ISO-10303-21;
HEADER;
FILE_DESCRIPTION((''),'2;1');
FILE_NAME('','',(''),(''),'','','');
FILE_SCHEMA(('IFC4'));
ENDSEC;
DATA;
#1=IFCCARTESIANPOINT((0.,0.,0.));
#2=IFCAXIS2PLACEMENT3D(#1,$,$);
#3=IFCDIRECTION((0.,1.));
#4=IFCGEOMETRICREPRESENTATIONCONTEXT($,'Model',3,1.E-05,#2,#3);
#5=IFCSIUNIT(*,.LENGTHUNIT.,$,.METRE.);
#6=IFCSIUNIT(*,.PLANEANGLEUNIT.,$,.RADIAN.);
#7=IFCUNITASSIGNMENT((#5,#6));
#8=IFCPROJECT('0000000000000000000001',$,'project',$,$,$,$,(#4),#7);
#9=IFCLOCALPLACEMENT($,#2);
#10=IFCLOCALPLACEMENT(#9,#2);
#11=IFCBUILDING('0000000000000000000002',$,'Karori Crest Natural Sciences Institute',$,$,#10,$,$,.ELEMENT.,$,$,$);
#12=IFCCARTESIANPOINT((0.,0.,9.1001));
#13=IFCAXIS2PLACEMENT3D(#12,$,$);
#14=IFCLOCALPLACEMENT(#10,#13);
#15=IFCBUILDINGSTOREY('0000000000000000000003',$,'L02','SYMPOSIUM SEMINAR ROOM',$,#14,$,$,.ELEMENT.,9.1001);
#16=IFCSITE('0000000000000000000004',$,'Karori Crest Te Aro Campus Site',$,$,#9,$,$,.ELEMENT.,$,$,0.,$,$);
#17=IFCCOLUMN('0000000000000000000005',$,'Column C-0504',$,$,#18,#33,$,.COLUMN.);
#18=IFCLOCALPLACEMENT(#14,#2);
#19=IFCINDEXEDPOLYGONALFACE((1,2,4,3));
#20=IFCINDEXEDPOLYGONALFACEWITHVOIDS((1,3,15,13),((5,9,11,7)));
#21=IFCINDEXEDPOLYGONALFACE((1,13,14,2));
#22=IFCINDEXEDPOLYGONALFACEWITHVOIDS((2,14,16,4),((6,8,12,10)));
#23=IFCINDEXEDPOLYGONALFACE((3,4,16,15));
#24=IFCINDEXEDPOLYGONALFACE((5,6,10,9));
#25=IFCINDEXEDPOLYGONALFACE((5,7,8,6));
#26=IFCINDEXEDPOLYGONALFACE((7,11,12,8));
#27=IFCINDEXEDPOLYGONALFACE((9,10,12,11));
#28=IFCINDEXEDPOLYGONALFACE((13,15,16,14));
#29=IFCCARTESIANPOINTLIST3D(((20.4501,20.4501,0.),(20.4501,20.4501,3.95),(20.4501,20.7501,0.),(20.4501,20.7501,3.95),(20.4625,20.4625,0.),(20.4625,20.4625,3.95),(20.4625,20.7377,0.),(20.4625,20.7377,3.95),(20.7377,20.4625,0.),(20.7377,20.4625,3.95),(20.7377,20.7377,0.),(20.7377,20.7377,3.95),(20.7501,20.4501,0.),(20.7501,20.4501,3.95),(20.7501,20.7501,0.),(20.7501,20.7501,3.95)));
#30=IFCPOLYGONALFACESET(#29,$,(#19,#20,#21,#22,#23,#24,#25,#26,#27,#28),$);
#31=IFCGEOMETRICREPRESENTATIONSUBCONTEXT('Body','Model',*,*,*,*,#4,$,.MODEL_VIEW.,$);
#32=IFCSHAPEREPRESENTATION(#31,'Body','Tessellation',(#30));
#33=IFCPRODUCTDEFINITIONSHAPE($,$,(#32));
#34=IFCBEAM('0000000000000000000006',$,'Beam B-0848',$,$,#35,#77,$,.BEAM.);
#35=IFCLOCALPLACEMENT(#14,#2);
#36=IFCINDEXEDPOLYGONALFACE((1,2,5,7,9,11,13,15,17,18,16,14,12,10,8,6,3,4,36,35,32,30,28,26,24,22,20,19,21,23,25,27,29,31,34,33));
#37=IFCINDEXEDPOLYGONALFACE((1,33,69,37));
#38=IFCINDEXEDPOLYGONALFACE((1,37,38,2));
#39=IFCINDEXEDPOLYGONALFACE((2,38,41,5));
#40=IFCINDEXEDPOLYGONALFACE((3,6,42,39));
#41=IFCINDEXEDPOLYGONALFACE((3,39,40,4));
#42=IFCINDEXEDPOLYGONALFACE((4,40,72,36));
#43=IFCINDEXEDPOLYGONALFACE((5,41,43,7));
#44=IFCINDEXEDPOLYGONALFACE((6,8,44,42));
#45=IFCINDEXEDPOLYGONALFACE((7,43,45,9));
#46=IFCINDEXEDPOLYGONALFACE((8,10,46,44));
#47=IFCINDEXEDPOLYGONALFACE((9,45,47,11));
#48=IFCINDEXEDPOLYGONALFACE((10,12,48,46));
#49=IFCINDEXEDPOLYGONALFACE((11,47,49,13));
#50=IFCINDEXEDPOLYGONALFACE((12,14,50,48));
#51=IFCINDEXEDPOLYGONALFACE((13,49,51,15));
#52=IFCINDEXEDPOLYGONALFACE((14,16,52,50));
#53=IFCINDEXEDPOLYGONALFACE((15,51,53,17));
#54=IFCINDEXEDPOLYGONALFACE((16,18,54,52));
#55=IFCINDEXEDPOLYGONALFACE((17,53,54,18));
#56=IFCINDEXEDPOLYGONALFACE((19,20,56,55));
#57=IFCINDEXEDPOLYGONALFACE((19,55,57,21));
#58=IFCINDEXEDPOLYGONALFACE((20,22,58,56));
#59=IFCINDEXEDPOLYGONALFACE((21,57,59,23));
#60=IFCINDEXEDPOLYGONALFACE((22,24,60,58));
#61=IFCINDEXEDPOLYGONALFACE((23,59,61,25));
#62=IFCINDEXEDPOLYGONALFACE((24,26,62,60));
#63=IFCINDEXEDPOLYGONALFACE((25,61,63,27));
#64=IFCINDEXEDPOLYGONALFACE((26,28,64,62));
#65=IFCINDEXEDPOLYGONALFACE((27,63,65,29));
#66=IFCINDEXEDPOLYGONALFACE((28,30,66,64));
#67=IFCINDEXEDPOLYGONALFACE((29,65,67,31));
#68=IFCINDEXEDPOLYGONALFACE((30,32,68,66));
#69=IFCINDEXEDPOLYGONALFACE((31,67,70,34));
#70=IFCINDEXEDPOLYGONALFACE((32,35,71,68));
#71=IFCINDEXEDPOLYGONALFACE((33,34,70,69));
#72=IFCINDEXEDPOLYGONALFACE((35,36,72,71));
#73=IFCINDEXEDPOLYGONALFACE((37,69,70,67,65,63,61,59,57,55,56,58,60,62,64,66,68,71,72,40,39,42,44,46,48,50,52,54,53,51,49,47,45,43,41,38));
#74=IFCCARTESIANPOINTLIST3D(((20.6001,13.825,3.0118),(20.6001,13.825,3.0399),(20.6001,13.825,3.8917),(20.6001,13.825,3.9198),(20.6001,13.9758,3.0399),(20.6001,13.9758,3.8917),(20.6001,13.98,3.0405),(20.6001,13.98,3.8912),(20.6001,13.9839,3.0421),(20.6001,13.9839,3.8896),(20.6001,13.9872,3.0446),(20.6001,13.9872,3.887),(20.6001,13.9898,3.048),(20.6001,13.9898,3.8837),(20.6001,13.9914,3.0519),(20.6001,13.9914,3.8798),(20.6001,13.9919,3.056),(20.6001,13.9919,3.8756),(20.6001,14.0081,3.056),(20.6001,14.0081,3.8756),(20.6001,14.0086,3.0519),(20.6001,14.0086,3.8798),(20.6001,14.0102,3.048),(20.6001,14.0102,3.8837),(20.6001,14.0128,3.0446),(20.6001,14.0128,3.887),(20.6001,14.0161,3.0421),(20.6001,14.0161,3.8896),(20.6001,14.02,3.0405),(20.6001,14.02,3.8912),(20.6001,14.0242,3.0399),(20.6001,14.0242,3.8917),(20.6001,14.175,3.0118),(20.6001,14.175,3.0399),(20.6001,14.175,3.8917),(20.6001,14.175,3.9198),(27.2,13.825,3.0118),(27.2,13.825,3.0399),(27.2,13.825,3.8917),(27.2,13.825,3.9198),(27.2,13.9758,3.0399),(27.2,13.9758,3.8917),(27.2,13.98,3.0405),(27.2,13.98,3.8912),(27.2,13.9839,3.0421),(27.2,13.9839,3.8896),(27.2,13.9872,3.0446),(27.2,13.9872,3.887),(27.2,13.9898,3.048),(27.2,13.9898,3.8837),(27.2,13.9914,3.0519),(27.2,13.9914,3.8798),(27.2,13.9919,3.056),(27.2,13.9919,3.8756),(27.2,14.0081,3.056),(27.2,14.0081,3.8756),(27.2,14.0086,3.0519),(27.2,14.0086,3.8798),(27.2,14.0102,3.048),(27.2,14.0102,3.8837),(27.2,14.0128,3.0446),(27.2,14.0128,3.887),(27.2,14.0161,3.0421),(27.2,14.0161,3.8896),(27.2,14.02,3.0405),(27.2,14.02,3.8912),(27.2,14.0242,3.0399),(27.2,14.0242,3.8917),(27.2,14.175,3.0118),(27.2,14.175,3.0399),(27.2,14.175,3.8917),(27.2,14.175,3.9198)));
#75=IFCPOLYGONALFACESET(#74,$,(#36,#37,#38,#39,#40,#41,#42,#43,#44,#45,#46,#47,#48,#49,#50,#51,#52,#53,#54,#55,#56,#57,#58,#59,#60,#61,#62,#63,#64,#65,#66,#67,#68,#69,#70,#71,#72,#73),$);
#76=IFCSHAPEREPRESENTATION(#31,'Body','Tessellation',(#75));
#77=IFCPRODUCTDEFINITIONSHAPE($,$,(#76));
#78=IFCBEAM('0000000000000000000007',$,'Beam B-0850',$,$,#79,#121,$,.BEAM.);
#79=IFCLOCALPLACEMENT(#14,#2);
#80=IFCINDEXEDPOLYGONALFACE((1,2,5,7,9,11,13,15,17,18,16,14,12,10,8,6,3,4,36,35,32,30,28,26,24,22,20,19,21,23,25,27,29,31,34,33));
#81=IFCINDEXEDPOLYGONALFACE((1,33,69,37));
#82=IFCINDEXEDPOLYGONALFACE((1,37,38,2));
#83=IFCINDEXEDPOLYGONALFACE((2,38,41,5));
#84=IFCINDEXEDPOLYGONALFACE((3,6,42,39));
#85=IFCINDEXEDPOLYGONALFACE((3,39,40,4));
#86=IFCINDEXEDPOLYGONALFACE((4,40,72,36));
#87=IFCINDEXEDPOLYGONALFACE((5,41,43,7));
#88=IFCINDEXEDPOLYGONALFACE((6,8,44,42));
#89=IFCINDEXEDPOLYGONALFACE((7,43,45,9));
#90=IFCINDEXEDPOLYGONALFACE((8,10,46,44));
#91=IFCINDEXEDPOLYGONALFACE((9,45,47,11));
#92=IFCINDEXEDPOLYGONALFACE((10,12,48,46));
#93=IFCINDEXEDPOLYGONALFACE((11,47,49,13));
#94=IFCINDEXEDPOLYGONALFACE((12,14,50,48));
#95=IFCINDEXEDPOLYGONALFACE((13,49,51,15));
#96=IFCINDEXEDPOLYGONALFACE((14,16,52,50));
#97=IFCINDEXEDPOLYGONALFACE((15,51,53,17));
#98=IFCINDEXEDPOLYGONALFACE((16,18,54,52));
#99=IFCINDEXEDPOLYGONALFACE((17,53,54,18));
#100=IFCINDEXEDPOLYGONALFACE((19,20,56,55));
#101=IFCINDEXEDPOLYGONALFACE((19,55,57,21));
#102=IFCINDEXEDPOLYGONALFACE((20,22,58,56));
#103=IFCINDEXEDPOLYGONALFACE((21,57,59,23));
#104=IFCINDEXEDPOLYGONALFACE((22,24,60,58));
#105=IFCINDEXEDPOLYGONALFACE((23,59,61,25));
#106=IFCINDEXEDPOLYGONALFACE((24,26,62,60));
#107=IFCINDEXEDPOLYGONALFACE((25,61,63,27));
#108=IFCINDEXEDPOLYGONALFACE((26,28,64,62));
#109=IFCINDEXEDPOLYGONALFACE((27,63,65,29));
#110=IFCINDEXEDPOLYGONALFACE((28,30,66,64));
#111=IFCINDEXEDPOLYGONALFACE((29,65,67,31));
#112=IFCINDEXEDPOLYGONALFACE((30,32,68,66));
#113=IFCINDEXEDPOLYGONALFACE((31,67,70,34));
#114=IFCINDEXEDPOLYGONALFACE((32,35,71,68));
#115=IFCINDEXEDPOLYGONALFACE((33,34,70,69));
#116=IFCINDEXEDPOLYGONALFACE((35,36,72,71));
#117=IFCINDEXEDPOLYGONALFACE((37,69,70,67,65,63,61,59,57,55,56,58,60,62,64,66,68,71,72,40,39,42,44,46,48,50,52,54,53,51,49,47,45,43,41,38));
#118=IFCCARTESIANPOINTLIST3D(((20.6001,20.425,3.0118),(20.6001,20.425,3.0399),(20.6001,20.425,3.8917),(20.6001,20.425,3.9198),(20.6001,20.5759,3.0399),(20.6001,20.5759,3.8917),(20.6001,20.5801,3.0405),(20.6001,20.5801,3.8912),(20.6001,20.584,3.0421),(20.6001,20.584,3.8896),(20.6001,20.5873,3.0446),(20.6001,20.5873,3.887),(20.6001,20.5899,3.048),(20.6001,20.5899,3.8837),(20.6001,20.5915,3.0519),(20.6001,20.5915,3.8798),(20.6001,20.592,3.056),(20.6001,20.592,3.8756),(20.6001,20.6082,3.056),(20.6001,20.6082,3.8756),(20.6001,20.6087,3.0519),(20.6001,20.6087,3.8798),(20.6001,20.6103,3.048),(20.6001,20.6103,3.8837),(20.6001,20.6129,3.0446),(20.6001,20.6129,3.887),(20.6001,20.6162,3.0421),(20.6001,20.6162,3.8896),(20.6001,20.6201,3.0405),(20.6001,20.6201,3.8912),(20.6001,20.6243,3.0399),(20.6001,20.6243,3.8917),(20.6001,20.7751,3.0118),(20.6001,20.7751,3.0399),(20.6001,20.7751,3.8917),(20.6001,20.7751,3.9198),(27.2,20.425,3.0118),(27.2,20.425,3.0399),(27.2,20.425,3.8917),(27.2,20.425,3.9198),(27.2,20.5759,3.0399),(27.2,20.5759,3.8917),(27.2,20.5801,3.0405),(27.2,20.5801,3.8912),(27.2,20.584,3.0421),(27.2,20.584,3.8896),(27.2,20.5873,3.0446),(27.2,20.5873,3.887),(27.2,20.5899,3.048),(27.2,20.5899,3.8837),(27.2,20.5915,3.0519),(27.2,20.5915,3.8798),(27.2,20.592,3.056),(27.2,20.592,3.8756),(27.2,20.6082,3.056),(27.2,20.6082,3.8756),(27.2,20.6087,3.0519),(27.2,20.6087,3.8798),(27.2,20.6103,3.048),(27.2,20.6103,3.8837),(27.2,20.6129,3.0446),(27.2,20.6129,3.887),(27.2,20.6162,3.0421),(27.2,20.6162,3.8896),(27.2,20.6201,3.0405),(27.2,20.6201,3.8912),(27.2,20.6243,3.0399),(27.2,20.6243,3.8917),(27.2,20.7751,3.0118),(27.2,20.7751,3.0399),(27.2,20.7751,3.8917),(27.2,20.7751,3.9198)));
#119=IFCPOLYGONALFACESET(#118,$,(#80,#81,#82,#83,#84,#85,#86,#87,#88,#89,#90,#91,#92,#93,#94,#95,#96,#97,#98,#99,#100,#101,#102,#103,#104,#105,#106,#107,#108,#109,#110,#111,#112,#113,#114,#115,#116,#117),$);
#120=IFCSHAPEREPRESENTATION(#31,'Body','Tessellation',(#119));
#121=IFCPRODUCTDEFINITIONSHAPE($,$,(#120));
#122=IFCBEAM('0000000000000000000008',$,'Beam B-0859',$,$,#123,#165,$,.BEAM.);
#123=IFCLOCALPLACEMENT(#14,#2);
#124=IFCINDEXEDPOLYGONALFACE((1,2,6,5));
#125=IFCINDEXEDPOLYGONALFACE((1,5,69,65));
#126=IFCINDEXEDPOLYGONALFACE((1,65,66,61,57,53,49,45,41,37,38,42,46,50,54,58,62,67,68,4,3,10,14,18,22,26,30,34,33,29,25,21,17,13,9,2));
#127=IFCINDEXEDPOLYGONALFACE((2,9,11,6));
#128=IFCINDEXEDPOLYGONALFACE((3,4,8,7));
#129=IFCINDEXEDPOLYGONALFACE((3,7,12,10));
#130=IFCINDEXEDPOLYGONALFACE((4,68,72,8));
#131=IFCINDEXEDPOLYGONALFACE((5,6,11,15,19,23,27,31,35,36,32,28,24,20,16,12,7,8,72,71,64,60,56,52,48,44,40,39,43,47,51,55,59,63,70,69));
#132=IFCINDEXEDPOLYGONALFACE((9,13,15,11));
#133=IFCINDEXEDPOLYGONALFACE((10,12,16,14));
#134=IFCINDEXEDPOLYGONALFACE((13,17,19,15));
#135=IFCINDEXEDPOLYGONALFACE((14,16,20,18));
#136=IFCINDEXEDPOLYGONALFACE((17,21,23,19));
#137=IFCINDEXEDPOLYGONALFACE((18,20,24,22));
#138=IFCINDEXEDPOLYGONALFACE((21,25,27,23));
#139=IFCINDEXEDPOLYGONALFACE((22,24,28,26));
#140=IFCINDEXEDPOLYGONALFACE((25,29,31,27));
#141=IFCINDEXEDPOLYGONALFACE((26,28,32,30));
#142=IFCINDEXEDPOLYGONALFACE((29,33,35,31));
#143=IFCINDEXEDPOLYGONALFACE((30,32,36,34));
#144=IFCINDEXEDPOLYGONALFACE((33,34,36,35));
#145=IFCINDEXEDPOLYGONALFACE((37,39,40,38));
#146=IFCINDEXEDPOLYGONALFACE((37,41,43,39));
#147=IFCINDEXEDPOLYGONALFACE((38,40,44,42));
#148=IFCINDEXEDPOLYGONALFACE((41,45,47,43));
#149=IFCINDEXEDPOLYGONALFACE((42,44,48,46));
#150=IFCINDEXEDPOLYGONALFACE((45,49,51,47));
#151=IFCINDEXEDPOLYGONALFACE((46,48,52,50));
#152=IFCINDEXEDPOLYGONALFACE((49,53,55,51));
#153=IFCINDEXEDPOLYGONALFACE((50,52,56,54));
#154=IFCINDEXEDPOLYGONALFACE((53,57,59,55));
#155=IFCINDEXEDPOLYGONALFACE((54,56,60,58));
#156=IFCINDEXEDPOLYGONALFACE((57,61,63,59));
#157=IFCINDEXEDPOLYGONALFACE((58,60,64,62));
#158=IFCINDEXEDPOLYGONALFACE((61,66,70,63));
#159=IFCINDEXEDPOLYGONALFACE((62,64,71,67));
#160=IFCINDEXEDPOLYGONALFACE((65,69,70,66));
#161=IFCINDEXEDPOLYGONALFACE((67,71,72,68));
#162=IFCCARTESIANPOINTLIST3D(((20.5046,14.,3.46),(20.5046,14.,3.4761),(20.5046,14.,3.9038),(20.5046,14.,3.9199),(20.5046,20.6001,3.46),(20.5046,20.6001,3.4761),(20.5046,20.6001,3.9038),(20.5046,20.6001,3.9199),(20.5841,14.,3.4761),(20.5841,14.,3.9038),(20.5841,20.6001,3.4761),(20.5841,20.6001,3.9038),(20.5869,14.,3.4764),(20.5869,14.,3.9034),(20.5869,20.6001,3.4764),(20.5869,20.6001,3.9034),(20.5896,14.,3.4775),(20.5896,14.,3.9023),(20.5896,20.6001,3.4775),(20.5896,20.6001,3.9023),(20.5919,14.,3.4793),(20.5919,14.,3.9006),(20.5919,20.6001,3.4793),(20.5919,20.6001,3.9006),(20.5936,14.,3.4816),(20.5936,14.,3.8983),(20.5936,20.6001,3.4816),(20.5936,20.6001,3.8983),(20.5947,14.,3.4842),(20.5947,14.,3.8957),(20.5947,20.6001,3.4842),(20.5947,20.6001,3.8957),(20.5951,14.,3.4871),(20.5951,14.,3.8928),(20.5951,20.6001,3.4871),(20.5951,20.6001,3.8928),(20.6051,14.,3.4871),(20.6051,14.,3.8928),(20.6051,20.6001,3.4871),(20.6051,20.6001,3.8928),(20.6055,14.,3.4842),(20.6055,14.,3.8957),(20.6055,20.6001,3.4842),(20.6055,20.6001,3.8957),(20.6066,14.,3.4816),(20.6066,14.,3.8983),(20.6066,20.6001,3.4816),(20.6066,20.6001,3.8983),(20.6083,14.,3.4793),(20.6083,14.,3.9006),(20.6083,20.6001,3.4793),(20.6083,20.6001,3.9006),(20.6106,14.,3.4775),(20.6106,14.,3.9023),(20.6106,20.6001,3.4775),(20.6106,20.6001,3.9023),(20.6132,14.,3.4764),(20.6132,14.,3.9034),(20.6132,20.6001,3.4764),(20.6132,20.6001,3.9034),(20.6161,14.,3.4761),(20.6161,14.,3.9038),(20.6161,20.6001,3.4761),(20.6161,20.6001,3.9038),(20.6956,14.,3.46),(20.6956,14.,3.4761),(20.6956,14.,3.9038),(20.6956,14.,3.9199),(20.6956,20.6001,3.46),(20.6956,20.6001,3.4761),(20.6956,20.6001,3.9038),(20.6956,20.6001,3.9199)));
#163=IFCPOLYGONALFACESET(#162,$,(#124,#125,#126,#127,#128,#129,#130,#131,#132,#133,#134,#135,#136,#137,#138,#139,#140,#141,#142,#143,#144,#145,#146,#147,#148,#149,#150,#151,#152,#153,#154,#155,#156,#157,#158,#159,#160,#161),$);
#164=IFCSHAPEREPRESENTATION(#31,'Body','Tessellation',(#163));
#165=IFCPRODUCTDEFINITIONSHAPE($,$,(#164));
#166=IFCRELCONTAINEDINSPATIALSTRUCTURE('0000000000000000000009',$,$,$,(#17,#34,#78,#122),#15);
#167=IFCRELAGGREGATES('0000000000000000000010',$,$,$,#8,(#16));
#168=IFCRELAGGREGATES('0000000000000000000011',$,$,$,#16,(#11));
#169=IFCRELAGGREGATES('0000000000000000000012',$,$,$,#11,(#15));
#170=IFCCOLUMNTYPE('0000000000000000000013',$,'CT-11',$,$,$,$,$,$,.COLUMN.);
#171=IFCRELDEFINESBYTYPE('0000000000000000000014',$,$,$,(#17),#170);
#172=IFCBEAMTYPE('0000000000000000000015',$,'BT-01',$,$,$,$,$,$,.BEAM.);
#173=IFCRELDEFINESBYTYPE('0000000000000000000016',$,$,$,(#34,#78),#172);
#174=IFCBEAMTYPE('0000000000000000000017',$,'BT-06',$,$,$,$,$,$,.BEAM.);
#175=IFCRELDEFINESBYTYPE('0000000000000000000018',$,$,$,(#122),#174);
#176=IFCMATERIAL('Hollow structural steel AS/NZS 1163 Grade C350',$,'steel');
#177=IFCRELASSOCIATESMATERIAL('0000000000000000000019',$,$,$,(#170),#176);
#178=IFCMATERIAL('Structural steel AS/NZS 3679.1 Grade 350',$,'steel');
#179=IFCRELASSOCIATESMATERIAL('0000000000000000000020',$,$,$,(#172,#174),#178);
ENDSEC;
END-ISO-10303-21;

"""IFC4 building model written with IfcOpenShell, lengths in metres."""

from ifc_helpers import new_model, si_unit, direction, frame, origin, origin_2d, place, context, subcontext, project, spatial, hollow_rectangle, i_section, extrude, material, material_profile, profile_set, type_object, element, save


model = new_model("IFC4")

# Units and contexts
model_context = context("Model", 3, precision=1e-05, world=origin(), true_north=direction((0.0, 1.0)))
body_context = subcontext(model_context, "Body", "Model", "MODEL_VIEW")
ifc_project = project(units=[si_unit("LENGTHUNIT", "METRE"), si_unit("PLANEANGLEUNIT", "RADIAN")], contexts=[model_context])

# Site, building, storey
site_placement = place(None, origin())
site = spatial("IfcSite", under=ifc_project, at=site_placement, Name="Karori Crest Te Aro Campus Site", CompositionType="ELEMENT", RefElevation=0.0)
building_placement = place(site_placement, origin())
building = spatial("IfcBuilding", under=site, at=building_placement, Name="Karori Crest Natural Sciences Institute", CompositionType="ELEMENT")
storey_placement = place(building_placement, frame((0.0, 0.0, 9.1001)))
storey = spatial("IfcBuildingStorey", under=building, at=storey_placement, Name="L02", Description="SYMPOSIUM SEMINAR ROOM", CompositionType="ELEMENT", Elevation=9.1001)

# Column
ifc_material_1 = material(Name="Hollow structural steel AS/NZS 1163 Grade C350", Category="steel")
ifc_material_profile_1 = material_profile(ifc_material_1, hollow_rectangle(XDim=0.3, YDim=0.3, WallThickness=0.0125, at=origin_2d()), Name="SHS300x300x12.5")
ifc_profile_set_1 = profile_set([ifc_material_profile_1], Name="Hollow structural steel AS/NZS 1163 Grade C350")
column_type = type_object("IfcColumnType", Name="CT-11", PredefinedType="COLUMN", material=ifc_profile_set_1)
column_placement = place(storey_placement, frame((20.6001, 20.6001, 0.0), z_axis=(0.0, 0.0, 1.0), x_axis=(1.0, 0.0, 0.0)))
element("IfcColumn", 1, at=column_placement, inside=storey, type_object=column_type, Name="Column C-0504", PredefinedType="COLUMN", context=body_context, shape_type="SweptSolid", body=[
    extrude(hollow_rectangle(XDim=0.3, YDim=0.3, WallThickness=0.0125, at=origin_2d()), origin(), (0.0, 0.0, 1.0), 3.95),
])

# Beams
ifc_material_2 = material(Name="Structural steel AS/NZS 3679.1 Grade 350", Category="steel")
ifc_material_profile_2 = material_profile(ifc_material_2, i_section(OverallWidth=0.3501, OverallDepth=0.908, WebThickness=0.0161, FlangeThickness=0.0281, FilletRadius=0.0161, at=origin_2d()), Name="900WB257")
ifc_profile_set_2 = profile_set([ifc_material_profile_2], Name="Structural steel AS/NZS 3679.1 Grade 350")
beam_type_1 = type_object("IfcBeamType", Name="BT-01", PredefinedType="BEAM", material=ifc_profile_set_2)
for number, where, z_axis, x_axis, name in (
    (2, (20.6001, 14.0, 3.4658), (1.0, 0.0, 0.0), (0.0, 1.0, 0.0), "Beam B-0848"),
    (3, (20.6001, 20.6001, 3.4658), (1.0, 0.0, 0.0), (0.0, 1.0, 0.0), "Beam B-0850"),
):
    element("IfcBeam", number, at=place(storey_placement, frame(where, z_axis=z_axis, x_axis=x_axis)), inside=storey, type_object=beam_type_1, Name=name, PredefinedType="BEAM", context=body_context, shape_type="SweptSolid", body=[
        extrude(i_section(OverallWidth=0.3501, OverallDepth=0.908, WebThickness=0.0161, FlangeThickness=0.0281, FilletRadius=0.0161, at=origin_2d()), origin(), (0.0, 0.0, 1.0), 6.5999),
    ])
ifc_material_profile_3 = material_profile(ifc_material_2, i_section(OverallWidth=0.1909, OverallDepth=0.46, WebThickness=0.01, FlangeThickness=0.0161, FilletRadius=0.011, at=origin_2d()), Name="460UB82.1")
ifc_profile_set_3 = profile_set([ifc_material_profile_3], Name="Structural steel AS/NZS 3679.1 Grade 350")
beam_type_2 = type_object("IfcBeamType", Name="BT-06", PredefinedType="BEAM", material=ifc_profile_set_3)
beam_1_placement = place(storey_placement, frame((20.6001, 14.0, 3.6899), z_axis=(0.0, 1.0, 0.0), x_axis=(-1.0, 0.0, 0.0)))
element("IfcBeam", 4, at=beam_1_placement, inside=storey, type_object=beam_type_2, Name="Beam B-0859", PredefinedType="BEAM", context=body_context, shape_type="SweptSolid", body=[
    extrude(i_section(OverallWidth=0.1909, OverallDepth=0.46, WebThickness=0.01, FlangeThickness=0.0161, FilletRadius=0.011, at=origin_2d()), origin(), (0.0, 0.0, 1.0), 6.6001),
])

save(model, "model.ifc")
